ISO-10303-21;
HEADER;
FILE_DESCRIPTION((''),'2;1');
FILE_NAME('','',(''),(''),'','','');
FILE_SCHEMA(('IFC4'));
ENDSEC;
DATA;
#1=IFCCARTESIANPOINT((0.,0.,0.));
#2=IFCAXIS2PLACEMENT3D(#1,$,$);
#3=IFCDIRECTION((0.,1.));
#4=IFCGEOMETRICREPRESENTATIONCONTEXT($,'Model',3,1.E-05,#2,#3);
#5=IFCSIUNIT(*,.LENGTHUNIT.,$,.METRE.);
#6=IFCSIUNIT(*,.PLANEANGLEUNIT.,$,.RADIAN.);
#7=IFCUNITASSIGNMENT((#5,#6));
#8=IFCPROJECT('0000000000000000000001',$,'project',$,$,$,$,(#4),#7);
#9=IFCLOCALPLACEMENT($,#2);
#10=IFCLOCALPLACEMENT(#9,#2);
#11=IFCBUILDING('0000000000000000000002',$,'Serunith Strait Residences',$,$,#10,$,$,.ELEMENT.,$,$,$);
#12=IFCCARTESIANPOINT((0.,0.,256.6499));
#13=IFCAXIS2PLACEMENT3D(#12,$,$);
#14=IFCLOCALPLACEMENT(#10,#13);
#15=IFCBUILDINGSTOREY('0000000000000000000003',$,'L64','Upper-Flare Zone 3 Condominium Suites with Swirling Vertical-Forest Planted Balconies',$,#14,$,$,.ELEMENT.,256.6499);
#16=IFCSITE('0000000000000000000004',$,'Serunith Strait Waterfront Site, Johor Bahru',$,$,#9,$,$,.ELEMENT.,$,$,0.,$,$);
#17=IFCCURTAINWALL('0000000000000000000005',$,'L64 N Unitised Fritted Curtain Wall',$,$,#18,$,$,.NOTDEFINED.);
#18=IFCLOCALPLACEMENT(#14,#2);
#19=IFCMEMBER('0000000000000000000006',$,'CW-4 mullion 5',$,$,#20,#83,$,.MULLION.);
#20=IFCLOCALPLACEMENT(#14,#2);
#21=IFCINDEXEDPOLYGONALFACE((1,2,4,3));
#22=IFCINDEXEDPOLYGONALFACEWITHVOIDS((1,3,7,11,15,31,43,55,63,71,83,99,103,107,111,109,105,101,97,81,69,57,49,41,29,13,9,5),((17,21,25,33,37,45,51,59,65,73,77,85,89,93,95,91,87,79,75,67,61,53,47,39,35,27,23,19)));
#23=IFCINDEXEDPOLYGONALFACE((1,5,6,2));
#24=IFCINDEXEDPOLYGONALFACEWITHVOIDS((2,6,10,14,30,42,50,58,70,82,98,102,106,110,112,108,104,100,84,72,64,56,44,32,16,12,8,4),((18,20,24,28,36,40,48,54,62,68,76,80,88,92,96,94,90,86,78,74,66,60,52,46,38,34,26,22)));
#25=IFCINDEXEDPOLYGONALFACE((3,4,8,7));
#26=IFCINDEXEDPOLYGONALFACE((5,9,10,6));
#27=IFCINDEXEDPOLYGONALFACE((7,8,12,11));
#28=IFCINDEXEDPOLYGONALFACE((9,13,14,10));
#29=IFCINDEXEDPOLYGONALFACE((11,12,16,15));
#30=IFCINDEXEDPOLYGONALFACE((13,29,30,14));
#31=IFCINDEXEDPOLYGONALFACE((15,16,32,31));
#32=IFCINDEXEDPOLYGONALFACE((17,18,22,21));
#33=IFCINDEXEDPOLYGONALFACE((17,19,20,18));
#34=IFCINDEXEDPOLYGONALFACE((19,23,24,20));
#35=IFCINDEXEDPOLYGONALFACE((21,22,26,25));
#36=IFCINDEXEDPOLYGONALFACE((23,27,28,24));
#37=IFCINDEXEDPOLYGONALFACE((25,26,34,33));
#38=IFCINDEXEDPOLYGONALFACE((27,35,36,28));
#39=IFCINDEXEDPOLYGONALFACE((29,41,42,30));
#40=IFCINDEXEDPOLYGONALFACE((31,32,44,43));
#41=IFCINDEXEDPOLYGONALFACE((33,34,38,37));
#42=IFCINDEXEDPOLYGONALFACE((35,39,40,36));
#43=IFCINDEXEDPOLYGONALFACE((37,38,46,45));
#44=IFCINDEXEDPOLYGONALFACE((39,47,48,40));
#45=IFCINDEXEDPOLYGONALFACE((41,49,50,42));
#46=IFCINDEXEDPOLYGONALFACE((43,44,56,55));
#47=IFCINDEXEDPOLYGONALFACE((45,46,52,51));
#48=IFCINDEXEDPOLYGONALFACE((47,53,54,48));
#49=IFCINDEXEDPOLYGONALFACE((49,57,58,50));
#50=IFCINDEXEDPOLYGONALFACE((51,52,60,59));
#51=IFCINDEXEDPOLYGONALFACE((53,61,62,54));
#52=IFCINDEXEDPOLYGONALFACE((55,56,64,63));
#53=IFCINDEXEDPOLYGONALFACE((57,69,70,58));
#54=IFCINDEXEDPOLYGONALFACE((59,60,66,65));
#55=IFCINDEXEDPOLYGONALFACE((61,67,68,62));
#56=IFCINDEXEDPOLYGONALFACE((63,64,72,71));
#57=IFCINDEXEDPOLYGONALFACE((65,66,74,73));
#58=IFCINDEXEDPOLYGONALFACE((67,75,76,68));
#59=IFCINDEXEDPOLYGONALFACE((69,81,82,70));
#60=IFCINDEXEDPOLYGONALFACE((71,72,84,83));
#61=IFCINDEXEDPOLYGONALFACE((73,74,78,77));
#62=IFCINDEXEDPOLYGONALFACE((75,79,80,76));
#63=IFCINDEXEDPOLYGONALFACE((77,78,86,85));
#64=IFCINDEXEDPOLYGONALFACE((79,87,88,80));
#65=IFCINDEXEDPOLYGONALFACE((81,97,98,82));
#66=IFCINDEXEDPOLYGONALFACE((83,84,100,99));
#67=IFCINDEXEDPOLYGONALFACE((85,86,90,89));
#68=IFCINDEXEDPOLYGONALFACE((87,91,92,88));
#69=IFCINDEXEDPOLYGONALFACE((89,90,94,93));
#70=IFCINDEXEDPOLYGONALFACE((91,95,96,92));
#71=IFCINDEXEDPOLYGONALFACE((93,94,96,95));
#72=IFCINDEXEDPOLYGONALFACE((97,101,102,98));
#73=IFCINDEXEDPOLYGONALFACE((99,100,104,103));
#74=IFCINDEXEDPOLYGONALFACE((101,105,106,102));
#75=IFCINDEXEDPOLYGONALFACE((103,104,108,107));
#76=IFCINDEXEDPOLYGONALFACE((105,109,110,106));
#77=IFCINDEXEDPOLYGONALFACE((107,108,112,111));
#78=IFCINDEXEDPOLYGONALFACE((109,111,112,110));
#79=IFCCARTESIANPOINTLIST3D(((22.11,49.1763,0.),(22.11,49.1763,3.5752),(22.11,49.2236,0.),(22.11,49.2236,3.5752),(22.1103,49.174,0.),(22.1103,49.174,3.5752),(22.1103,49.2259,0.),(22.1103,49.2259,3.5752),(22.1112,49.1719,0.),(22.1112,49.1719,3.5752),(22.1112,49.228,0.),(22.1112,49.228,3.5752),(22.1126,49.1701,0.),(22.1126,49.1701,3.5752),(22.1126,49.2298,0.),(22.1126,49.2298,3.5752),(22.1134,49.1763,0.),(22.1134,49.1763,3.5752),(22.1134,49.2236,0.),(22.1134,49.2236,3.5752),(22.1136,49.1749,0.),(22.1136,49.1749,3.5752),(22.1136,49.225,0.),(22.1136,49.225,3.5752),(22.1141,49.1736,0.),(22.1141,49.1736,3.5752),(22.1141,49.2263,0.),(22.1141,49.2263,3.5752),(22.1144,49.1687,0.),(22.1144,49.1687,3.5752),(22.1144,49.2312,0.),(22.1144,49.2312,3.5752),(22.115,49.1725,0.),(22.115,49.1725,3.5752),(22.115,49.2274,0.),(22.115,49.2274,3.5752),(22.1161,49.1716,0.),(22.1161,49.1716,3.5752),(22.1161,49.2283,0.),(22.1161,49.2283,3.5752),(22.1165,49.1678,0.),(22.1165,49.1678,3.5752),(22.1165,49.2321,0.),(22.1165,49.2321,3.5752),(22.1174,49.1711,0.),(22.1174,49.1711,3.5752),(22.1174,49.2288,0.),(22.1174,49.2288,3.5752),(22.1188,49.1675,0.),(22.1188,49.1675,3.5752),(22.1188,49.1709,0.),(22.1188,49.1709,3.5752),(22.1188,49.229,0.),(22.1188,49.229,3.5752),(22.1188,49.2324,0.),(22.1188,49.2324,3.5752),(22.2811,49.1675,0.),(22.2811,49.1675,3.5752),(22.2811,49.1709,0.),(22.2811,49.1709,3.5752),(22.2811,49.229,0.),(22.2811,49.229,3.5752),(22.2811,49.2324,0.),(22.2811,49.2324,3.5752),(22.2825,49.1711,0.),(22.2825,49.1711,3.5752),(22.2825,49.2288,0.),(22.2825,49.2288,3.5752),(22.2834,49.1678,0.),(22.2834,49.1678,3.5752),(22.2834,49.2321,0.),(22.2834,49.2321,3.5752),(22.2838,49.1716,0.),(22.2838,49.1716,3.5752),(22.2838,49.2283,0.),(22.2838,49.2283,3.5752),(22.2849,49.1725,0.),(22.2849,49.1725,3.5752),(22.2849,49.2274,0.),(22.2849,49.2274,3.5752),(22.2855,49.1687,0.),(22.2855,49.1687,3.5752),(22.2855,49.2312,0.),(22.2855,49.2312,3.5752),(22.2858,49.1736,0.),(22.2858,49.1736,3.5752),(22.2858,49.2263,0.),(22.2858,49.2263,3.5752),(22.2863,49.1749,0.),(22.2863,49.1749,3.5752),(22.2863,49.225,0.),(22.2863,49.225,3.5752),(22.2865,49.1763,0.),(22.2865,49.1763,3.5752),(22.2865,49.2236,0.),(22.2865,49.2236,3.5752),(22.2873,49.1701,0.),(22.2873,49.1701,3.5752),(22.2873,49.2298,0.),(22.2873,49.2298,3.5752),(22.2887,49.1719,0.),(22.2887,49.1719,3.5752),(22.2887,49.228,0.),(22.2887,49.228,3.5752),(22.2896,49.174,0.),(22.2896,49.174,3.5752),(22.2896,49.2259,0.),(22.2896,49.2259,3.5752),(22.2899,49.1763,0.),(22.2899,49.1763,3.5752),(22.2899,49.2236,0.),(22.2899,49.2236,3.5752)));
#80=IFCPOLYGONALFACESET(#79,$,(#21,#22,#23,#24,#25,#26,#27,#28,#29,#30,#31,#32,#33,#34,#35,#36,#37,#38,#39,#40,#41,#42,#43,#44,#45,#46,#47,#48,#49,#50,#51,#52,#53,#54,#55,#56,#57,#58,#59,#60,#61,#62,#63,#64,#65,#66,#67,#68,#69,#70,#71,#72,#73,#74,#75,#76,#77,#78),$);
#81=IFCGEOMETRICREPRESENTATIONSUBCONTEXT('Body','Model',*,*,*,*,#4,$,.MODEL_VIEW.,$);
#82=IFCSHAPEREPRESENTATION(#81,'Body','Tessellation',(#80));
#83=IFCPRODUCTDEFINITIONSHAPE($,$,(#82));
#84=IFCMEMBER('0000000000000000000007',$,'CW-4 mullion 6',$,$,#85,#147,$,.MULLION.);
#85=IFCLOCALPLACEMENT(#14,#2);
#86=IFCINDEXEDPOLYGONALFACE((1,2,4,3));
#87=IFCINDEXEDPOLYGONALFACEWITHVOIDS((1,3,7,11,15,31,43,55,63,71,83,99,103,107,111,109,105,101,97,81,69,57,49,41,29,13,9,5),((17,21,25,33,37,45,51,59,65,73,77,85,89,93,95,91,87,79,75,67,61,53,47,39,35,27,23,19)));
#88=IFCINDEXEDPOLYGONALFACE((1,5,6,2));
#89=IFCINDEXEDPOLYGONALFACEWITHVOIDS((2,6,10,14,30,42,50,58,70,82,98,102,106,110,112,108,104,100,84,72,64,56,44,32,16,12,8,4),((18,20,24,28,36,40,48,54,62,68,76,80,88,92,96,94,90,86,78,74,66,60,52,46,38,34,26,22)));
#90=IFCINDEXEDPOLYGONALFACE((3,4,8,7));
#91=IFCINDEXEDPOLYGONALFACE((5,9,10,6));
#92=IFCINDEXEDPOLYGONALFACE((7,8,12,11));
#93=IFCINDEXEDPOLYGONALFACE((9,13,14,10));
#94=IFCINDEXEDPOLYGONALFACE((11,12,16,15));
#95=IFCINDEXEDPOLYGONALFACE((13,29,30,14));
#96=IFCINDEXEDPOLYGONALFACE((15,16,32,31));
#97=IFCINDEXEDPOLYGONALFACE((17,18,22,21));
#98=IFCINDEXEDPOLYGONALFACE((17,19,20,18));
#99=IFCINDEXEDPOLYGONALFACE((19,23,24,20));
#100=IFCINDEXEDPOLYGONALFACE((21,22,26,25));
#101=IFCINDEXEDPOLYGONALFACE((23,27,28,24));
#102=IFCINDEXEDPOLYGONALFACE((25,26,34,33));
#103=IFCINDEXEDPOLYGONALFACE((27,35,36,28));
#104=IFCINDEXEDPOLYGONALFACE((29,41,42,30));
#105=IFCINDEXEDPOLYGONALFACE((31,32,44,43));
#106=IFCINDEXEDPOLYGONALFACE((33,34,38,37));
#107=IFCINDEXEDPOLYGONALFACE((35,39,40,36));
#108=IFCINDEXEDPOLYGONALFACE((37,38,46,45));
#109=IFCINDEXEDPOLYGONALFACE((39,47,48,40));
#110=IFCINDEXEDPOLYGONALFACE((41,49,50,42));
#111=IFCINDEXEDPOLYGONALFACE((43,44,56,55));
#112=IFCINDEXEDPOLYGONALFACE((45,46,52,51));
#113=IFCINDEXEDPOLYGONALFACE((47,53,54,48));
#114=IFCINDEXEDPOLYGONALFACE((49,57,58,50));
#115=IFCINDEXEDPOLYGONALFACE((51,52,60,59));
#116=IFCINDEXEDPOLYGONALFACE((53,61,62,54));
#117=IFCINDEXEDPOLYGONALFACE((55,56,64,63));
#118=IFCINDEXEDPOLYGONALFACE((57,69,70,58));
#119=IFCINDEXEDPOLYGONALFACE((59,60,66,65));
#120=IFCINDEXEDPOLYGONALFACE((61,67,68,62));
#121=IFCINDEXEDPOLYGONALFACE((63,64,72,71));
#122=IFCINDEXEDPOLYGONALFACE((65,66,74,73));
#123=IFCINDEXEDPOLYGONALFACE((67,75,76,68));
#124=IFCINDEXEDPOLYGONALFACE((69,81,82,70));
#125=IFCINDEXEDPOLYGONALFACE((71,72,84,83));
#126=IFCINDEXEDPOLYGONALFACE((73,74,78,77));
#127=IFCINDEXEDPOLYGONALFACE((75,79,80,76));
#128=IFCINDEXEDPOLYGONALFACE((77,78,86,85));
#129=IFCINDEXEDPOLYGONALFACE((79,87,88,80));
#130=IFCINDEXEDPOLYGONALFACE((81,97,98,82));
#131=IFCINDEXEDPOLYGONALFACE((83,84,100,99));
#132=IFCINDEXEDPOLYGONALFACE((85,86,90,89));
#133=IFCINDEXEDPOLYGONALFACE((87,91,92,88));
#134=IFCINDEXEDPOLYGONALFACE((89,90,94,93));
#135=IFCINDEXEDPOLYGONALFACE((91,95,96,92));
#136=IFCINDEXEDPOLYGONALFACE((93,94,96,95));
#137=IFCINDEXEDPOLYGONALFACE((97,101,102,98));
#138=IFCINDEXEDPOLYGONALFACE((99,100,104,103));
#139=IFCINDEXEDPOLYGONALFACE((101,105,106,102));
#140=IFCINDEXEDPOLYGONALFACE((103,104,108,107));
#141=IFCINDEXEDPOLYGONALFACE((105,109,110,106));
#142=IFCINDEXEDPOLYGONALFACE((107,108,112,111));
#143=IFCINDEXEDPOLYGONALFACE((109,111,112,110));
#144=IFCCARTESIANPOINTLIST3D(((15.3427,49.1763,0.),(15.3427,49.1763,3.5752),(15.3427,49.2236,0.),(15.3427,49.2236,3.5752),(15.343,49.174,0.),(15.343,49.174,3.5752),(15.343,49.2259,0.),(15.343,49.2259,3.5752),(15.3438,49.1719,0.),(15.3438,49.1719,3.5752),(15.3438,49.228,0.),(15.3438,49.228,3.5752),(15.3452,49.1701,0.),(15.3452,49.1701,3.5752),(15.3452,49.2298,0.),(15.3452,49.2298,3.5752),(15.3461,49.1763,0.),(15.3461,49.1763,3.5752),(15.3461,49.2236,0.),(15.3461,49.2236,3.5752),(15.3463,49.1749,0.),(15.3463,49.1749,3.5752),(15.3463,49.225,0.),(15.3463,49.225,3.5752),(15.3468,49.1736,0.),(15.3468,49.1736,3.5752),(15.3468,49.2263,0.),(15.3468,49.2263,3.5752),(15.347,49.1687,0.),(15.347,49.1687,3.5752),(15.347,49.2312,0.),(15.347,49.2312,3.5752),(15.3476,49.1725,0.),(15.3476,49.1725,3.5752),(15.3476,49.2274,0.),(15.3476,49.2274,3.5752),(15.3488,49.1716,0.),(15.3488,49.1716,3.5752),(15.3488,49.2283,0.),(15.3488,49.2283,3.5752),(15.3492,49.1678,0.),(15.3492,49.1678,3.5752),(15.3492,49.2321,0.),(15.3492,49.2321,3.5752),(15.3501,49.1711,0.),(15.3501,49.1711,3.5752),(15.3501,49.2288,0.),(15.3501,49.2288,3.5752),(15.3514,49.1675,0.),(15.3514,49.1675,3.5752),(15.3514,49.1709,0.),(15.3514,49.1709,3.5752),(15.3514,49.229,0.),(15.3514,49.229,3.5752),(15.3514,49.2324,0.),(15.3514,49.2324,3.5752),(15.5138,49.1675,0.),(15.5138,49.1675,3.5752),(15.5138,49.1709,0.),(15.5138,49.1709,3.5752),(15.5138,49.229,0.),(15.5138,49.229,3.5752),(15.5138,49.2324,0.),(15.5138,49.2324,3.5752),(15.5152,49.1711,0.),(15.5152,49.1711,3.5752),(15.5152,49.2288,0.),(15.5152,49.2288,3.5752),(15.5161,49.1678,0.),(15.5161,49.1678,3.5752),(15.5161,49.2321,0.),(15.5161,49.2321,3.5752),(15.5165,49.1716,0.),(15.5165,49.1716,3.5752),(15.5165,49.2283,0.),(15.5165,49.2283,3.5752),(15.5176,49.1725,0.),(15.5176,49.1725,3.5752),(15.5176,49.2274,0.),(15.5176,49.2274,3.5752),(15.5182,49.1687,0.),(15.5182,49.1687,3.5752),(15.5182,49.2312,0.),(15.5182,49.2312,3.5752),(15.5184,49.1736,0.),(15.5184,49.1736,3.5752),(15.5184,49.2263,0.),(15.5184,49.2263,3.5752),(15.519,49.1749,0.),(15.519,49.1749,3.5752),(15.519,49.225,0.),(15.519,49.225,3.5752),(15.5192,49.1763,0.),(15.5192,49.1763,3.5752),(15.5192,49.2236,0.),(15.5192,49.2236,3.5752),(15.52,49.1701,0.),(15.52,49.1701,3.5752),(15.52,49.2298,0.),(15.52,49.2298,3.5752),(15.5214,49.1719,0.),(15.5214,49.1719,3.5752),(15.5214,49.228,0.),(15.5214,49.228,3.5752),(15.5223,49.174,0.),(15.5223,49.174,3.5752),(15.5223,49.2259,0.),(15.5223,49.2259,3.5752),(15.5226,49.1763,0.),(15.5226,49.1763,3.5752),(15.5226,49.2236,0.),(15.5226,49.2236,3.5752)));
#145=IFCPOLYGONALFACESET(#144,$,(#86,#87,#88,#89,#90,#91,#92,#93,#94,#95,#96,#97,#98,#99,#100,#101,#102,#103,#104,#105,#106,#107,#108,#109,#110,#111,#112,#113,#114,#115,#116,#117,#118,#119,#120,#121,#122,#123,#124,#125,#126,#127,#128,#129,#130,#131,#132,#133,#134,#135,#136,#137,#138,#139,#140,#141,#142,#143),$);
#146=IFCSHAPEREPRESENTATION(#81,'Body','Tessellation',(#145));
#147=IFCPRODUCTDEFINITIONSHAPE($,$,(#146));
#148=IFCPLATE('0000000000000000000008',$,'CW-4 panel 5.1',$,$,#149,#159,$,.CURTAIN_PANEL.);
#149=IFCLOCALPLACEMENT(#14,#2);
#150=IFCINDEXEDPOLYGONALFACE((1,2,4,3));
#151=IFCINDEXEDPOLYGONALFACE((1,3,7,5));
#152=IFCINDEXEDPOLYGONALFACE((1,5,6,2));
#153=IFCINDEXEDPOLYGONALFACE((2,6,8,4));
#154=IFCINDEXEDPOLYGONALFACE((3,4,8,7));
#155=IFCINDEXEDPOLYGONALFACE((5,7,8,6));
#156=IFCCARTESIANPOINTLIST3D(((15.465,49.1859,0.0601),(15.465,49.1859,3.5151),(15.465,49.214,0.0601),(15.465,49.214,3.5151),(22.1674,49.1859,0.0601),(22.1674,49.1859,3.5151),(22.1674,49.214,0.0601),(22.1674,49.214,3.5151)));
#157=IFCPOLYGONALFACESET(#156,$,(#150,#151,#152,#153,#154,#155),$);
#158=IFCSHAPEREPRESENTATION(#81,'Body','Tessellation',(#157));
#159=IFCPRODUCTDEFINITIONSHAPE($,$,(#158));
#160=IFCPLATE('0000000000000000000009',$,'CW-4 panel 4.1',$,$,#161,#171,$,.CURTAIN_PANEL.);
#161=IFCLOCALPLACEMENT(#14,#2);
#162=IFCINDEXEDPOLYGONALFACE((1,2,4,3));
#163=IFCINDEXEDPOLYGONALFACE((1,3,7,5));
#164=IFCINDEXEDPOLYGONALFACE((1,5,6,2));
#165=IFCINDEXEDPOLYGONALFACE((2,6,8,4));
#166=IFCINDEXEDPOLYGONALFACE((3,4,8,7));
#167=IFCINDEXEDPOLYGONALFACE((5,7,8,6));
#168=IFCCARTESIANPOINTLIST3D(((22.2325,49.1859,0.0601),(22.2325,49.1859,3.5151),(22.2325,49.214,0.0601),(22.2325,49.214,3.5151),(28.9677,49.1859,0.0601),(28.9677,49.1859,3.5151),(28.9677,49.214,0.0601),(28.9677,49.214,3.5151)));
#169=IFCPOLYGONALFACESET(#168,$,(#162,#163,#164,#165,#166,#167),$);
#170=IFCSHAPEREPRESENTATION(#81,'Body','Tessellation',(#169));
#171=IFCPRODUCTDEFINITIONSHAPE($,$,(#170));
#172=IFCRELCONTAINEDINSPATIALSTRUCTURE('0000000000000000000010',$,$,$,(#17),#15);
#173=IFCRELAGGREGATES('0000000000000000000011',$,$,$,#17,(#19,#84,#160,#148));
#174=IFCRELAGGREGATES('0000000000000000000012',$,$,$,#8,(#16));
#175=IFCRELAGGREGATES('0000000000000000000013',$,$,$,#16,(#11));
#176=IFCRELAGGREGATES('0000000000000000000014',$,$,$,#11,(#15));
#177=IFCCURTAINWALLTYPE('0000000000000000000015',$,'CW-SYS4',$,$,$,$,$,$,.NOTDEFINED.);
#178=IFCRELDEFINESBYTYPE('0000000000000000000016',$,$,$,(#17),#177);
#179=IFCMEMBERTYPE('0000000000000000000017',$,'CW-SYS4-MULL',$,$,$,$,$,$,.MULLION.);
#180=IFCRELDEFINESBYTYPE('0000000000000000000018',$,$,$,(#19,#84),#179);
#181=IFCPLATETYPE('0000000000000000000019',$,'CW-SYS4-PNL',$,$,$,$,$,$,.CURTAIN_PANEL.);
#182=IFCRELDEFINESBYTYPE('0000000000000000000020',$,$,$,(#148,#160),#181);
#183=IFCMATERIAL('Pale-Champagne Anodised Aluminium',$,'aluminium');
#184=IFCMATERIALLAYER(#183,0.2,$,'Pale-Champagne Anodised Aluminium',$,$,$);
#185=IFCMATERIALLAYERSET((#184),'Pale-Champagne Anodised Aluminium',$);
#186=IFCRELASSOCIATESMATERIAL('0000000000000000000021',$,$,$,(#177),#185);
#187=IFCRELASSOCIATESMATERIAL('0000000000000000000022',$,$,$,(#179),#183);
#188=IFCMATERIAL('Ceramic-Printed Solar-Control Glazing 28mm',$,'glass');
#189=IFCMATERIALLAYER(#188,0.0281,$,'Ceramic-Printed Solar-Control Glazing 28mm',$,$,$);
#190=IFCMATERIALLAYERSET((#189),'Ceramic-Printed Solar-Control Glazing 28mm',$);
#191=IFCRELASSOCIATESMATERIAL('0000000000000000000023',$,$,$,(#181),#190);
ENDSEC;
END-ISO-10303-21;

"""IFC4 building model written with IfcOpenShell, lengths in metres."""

from ifc_helpers import new_model, si_unit, direction, frame, origin, origin_2d, place, context, subcontext, project, spatial, rectangle, hollow_rectangle, extrude, source, transform, mapped, material, layer, layer_set, material_profile, profile_set, type_object, element, aggregate, save


model = new_model("IFC4")

# Units and contexts
model_context = context("Model", 3, precision=1e-05, world=origin(), true_north=direction((0.0, 1.0)))
body_context = subcontext(model_context, "Body", "Model", "MODEL_VIEW")
ifc_project = project(units=[si_unit("LENGTHUNIT", "METRE"), si_unit("PLANEANGLEUNIT", "RADIAN")], contexts=[model_context])

# Site, building, storey
site_placement = place(None, origin())
site = spatial("IfcSite", under=ifc_project, at=site_placement, Name="Serunith Strait Waterfront Site, Johor Bahru", CompositionType="ELEMENT", RefElevation=0.0)
building_placement = place(site_placement, origin())
building = spatial("IfcBuilding", under=site, at=building_placement, Name="Serunith Strait Residences", CompositionType="ELEMENT")
storey_placement = place(building_placement, frame((0.0, 0.0, 256.6499)))
storey = spatial("IfcBuildingStorey", under=building, at=storey_placement, Name="L64", Description="Upper-Flare Zone 3 Condominium Suites with Swirling Vertical-Forest Planted Balconies", CompositionType="ELEMENT", Elevation=256.6499)

# Curtain wall, members, plates
ifc_material_1 = material(Name="Pale-Champagne Anodised Aluminium", Category="aluminium")
ifc_layer_1 = layer(ifc_material_1, 0.2, Name="Pale-Champagne Anodised Aluminium")
ifc_layer_set_1 = layer_set([ifc_layer_1], Name="Pale-Champagne Anodised Aluminium")
curtain_wall_type = type_object("IfcCurtainWallType", Name="CW-SYS4", PredefinedType="NOTDEFINED", material=ifc_layer_set_1)
curtain_wall_placement = place(storey_placement, origin())
curtain_wall = element("IfcCurtainWall", 1, at=curtain_wall_placement, inside=storey, type_object=curtain_wall_type, Name="L64 N Unitised Fritted Curtain Wall", PredefinedType="NOTDEFINED")
ifc_material_profile_1 = material_profile(ifc_material_1, hollow_rectangle(XDim=0.0649, YDim=0.1799, WallThickness=0.0034, InnerFilletRadius=0.0054, OuterFilletRadius=0.0088, at=origin_2d()), Name="ALU 180x65x3.5")
ifc_profile_set_1 = profile_set([ifc_material_profile_1], Name="Pale-Champagne Anodised Aluminium")
member_type_1 = type_object("IfcMemberType", Name="CW-SYS4-MULL", PredefinedType="MULLION", material=ifc_profile_set_1)
shared_shape_1 = source(origin(), body_context, "Body", "SweptSolid", [
    extrude(hollow_rectangle(XDim=0.0649, YDim=0.1799, WallThickness=0.0034, InnerFilletRadius=0.0054, OuterFilletRadius=0.0088, at=origin_2d()), origin(), (0.0, 0.0, 1.0), 3.5752),
])
member_1_placement = place(storey_placement, frame((22.2, 49.2, 0.0), z_axis=(0.0, 0.0, 1.0), x_axis=(0.0, -1.0, 0.0)))
member_1 = element("IfcMember", 2, at=member_1_placement, type_object=member_type_1, Name="CW-4 mullion 5", PredefinedType="MULLION", context=body_context, shape_type="MappedRepresentation", body=[
    mapped(shared_shape_1, transform((0.0, 0.0, 0.0), scale=1.0)),
])
member_2_placement = place(storey_placement, frame((15.4326, 49.2, 0.0), z_axis=(0.0, 0.0, 1.0), x_axis=(0.0, -1.0, 0.0)))
member_2 = element("IfcMember", 3, at=member_2_placement, type_object=member_type_1, Name="CW-4 mullion 6", PredefinedType="MULLION", context=body_context, shape_type="MappedRepresentation", body=[
    mapped(shared_shape_1, transform((0.0, 0.0, 0.0), scale=1.0)),
])
ifc_material_2 = material(Name="Ceramic-Printed Solar-Control Glazing 28mm", Category="glass")
ifc_layer_2 = layer(ifc_material_2, 0.0281, Name="Ceramic-Printed Solar-Control Glazing 28mm")
ifc_layer_set_2 = layer_set([ifc_layer_2], Name="Ceramic-Printed Solar-Control Glazing 28mm")
plate_type = type_object("IfcPlateType", Name="CW-SYS4-PNL", PredefinedType="CURTAIN_PANEL", material=ifc_layer_set_2)
shared_shape_2 = source(origin(), body_context, "Body", "SweptSolid", [
    extrude(rectangle(XDim=6.7024, YDim=0.0281, at=origin_2d()), origin(), (0.0, 0.0, 1.0), 3.4551),
])
plate_1_placement = place(storey_placement, frame((18.8162, 49.2, 0.0601), z_axis=(0.0, 0.0, 1.0), x_axis=(-1.0, 0.0, 0.0)))
plate_1 = element("IfcPlate", 4, at=plate_1_placement, type_object=plate_type, Name="CW-4 panel 5.1", PredefinedType="CURTAIN_PANEL", context=body_context, shape_type="MappedRepresentation", body=[
    mapped(shared_shape_2, transform((0.0, 0.0, 0.0), scale=1.0)),
])
shared_shape_3 = source(origin(), body_context, "Body", "SweptSolid", [
    extrude(rectangle(XDim=6.7351, YDim=0.0281, at=origin_2d()), origin(), (0.0, 0.0, 1.0), 3.4551),
])
plate_2_placement = place(storey_placement, frame((25.6001, 49.2, 0.0601), z_axis=(0.0, 0.0, 1.0), x_axis=(-1.0, 0.0, 0.0)))
plate_2 = element("IfcPlate", 5, at=plate_2_placement, type_object=plate_type, Name="CW-4 panel 4.1", PredefinedType="CURTAIN_PANEL", context=body_context, shape_type="MappedRepresentation", body=[
    mapped(shared_shape_3, transform((0.0, 0.0, 0.0), scale=1.0)),
])
aggregate(curtain_wall, [member_1, member_2, plate_2, plate_1])

save(model, "model.ifc")
